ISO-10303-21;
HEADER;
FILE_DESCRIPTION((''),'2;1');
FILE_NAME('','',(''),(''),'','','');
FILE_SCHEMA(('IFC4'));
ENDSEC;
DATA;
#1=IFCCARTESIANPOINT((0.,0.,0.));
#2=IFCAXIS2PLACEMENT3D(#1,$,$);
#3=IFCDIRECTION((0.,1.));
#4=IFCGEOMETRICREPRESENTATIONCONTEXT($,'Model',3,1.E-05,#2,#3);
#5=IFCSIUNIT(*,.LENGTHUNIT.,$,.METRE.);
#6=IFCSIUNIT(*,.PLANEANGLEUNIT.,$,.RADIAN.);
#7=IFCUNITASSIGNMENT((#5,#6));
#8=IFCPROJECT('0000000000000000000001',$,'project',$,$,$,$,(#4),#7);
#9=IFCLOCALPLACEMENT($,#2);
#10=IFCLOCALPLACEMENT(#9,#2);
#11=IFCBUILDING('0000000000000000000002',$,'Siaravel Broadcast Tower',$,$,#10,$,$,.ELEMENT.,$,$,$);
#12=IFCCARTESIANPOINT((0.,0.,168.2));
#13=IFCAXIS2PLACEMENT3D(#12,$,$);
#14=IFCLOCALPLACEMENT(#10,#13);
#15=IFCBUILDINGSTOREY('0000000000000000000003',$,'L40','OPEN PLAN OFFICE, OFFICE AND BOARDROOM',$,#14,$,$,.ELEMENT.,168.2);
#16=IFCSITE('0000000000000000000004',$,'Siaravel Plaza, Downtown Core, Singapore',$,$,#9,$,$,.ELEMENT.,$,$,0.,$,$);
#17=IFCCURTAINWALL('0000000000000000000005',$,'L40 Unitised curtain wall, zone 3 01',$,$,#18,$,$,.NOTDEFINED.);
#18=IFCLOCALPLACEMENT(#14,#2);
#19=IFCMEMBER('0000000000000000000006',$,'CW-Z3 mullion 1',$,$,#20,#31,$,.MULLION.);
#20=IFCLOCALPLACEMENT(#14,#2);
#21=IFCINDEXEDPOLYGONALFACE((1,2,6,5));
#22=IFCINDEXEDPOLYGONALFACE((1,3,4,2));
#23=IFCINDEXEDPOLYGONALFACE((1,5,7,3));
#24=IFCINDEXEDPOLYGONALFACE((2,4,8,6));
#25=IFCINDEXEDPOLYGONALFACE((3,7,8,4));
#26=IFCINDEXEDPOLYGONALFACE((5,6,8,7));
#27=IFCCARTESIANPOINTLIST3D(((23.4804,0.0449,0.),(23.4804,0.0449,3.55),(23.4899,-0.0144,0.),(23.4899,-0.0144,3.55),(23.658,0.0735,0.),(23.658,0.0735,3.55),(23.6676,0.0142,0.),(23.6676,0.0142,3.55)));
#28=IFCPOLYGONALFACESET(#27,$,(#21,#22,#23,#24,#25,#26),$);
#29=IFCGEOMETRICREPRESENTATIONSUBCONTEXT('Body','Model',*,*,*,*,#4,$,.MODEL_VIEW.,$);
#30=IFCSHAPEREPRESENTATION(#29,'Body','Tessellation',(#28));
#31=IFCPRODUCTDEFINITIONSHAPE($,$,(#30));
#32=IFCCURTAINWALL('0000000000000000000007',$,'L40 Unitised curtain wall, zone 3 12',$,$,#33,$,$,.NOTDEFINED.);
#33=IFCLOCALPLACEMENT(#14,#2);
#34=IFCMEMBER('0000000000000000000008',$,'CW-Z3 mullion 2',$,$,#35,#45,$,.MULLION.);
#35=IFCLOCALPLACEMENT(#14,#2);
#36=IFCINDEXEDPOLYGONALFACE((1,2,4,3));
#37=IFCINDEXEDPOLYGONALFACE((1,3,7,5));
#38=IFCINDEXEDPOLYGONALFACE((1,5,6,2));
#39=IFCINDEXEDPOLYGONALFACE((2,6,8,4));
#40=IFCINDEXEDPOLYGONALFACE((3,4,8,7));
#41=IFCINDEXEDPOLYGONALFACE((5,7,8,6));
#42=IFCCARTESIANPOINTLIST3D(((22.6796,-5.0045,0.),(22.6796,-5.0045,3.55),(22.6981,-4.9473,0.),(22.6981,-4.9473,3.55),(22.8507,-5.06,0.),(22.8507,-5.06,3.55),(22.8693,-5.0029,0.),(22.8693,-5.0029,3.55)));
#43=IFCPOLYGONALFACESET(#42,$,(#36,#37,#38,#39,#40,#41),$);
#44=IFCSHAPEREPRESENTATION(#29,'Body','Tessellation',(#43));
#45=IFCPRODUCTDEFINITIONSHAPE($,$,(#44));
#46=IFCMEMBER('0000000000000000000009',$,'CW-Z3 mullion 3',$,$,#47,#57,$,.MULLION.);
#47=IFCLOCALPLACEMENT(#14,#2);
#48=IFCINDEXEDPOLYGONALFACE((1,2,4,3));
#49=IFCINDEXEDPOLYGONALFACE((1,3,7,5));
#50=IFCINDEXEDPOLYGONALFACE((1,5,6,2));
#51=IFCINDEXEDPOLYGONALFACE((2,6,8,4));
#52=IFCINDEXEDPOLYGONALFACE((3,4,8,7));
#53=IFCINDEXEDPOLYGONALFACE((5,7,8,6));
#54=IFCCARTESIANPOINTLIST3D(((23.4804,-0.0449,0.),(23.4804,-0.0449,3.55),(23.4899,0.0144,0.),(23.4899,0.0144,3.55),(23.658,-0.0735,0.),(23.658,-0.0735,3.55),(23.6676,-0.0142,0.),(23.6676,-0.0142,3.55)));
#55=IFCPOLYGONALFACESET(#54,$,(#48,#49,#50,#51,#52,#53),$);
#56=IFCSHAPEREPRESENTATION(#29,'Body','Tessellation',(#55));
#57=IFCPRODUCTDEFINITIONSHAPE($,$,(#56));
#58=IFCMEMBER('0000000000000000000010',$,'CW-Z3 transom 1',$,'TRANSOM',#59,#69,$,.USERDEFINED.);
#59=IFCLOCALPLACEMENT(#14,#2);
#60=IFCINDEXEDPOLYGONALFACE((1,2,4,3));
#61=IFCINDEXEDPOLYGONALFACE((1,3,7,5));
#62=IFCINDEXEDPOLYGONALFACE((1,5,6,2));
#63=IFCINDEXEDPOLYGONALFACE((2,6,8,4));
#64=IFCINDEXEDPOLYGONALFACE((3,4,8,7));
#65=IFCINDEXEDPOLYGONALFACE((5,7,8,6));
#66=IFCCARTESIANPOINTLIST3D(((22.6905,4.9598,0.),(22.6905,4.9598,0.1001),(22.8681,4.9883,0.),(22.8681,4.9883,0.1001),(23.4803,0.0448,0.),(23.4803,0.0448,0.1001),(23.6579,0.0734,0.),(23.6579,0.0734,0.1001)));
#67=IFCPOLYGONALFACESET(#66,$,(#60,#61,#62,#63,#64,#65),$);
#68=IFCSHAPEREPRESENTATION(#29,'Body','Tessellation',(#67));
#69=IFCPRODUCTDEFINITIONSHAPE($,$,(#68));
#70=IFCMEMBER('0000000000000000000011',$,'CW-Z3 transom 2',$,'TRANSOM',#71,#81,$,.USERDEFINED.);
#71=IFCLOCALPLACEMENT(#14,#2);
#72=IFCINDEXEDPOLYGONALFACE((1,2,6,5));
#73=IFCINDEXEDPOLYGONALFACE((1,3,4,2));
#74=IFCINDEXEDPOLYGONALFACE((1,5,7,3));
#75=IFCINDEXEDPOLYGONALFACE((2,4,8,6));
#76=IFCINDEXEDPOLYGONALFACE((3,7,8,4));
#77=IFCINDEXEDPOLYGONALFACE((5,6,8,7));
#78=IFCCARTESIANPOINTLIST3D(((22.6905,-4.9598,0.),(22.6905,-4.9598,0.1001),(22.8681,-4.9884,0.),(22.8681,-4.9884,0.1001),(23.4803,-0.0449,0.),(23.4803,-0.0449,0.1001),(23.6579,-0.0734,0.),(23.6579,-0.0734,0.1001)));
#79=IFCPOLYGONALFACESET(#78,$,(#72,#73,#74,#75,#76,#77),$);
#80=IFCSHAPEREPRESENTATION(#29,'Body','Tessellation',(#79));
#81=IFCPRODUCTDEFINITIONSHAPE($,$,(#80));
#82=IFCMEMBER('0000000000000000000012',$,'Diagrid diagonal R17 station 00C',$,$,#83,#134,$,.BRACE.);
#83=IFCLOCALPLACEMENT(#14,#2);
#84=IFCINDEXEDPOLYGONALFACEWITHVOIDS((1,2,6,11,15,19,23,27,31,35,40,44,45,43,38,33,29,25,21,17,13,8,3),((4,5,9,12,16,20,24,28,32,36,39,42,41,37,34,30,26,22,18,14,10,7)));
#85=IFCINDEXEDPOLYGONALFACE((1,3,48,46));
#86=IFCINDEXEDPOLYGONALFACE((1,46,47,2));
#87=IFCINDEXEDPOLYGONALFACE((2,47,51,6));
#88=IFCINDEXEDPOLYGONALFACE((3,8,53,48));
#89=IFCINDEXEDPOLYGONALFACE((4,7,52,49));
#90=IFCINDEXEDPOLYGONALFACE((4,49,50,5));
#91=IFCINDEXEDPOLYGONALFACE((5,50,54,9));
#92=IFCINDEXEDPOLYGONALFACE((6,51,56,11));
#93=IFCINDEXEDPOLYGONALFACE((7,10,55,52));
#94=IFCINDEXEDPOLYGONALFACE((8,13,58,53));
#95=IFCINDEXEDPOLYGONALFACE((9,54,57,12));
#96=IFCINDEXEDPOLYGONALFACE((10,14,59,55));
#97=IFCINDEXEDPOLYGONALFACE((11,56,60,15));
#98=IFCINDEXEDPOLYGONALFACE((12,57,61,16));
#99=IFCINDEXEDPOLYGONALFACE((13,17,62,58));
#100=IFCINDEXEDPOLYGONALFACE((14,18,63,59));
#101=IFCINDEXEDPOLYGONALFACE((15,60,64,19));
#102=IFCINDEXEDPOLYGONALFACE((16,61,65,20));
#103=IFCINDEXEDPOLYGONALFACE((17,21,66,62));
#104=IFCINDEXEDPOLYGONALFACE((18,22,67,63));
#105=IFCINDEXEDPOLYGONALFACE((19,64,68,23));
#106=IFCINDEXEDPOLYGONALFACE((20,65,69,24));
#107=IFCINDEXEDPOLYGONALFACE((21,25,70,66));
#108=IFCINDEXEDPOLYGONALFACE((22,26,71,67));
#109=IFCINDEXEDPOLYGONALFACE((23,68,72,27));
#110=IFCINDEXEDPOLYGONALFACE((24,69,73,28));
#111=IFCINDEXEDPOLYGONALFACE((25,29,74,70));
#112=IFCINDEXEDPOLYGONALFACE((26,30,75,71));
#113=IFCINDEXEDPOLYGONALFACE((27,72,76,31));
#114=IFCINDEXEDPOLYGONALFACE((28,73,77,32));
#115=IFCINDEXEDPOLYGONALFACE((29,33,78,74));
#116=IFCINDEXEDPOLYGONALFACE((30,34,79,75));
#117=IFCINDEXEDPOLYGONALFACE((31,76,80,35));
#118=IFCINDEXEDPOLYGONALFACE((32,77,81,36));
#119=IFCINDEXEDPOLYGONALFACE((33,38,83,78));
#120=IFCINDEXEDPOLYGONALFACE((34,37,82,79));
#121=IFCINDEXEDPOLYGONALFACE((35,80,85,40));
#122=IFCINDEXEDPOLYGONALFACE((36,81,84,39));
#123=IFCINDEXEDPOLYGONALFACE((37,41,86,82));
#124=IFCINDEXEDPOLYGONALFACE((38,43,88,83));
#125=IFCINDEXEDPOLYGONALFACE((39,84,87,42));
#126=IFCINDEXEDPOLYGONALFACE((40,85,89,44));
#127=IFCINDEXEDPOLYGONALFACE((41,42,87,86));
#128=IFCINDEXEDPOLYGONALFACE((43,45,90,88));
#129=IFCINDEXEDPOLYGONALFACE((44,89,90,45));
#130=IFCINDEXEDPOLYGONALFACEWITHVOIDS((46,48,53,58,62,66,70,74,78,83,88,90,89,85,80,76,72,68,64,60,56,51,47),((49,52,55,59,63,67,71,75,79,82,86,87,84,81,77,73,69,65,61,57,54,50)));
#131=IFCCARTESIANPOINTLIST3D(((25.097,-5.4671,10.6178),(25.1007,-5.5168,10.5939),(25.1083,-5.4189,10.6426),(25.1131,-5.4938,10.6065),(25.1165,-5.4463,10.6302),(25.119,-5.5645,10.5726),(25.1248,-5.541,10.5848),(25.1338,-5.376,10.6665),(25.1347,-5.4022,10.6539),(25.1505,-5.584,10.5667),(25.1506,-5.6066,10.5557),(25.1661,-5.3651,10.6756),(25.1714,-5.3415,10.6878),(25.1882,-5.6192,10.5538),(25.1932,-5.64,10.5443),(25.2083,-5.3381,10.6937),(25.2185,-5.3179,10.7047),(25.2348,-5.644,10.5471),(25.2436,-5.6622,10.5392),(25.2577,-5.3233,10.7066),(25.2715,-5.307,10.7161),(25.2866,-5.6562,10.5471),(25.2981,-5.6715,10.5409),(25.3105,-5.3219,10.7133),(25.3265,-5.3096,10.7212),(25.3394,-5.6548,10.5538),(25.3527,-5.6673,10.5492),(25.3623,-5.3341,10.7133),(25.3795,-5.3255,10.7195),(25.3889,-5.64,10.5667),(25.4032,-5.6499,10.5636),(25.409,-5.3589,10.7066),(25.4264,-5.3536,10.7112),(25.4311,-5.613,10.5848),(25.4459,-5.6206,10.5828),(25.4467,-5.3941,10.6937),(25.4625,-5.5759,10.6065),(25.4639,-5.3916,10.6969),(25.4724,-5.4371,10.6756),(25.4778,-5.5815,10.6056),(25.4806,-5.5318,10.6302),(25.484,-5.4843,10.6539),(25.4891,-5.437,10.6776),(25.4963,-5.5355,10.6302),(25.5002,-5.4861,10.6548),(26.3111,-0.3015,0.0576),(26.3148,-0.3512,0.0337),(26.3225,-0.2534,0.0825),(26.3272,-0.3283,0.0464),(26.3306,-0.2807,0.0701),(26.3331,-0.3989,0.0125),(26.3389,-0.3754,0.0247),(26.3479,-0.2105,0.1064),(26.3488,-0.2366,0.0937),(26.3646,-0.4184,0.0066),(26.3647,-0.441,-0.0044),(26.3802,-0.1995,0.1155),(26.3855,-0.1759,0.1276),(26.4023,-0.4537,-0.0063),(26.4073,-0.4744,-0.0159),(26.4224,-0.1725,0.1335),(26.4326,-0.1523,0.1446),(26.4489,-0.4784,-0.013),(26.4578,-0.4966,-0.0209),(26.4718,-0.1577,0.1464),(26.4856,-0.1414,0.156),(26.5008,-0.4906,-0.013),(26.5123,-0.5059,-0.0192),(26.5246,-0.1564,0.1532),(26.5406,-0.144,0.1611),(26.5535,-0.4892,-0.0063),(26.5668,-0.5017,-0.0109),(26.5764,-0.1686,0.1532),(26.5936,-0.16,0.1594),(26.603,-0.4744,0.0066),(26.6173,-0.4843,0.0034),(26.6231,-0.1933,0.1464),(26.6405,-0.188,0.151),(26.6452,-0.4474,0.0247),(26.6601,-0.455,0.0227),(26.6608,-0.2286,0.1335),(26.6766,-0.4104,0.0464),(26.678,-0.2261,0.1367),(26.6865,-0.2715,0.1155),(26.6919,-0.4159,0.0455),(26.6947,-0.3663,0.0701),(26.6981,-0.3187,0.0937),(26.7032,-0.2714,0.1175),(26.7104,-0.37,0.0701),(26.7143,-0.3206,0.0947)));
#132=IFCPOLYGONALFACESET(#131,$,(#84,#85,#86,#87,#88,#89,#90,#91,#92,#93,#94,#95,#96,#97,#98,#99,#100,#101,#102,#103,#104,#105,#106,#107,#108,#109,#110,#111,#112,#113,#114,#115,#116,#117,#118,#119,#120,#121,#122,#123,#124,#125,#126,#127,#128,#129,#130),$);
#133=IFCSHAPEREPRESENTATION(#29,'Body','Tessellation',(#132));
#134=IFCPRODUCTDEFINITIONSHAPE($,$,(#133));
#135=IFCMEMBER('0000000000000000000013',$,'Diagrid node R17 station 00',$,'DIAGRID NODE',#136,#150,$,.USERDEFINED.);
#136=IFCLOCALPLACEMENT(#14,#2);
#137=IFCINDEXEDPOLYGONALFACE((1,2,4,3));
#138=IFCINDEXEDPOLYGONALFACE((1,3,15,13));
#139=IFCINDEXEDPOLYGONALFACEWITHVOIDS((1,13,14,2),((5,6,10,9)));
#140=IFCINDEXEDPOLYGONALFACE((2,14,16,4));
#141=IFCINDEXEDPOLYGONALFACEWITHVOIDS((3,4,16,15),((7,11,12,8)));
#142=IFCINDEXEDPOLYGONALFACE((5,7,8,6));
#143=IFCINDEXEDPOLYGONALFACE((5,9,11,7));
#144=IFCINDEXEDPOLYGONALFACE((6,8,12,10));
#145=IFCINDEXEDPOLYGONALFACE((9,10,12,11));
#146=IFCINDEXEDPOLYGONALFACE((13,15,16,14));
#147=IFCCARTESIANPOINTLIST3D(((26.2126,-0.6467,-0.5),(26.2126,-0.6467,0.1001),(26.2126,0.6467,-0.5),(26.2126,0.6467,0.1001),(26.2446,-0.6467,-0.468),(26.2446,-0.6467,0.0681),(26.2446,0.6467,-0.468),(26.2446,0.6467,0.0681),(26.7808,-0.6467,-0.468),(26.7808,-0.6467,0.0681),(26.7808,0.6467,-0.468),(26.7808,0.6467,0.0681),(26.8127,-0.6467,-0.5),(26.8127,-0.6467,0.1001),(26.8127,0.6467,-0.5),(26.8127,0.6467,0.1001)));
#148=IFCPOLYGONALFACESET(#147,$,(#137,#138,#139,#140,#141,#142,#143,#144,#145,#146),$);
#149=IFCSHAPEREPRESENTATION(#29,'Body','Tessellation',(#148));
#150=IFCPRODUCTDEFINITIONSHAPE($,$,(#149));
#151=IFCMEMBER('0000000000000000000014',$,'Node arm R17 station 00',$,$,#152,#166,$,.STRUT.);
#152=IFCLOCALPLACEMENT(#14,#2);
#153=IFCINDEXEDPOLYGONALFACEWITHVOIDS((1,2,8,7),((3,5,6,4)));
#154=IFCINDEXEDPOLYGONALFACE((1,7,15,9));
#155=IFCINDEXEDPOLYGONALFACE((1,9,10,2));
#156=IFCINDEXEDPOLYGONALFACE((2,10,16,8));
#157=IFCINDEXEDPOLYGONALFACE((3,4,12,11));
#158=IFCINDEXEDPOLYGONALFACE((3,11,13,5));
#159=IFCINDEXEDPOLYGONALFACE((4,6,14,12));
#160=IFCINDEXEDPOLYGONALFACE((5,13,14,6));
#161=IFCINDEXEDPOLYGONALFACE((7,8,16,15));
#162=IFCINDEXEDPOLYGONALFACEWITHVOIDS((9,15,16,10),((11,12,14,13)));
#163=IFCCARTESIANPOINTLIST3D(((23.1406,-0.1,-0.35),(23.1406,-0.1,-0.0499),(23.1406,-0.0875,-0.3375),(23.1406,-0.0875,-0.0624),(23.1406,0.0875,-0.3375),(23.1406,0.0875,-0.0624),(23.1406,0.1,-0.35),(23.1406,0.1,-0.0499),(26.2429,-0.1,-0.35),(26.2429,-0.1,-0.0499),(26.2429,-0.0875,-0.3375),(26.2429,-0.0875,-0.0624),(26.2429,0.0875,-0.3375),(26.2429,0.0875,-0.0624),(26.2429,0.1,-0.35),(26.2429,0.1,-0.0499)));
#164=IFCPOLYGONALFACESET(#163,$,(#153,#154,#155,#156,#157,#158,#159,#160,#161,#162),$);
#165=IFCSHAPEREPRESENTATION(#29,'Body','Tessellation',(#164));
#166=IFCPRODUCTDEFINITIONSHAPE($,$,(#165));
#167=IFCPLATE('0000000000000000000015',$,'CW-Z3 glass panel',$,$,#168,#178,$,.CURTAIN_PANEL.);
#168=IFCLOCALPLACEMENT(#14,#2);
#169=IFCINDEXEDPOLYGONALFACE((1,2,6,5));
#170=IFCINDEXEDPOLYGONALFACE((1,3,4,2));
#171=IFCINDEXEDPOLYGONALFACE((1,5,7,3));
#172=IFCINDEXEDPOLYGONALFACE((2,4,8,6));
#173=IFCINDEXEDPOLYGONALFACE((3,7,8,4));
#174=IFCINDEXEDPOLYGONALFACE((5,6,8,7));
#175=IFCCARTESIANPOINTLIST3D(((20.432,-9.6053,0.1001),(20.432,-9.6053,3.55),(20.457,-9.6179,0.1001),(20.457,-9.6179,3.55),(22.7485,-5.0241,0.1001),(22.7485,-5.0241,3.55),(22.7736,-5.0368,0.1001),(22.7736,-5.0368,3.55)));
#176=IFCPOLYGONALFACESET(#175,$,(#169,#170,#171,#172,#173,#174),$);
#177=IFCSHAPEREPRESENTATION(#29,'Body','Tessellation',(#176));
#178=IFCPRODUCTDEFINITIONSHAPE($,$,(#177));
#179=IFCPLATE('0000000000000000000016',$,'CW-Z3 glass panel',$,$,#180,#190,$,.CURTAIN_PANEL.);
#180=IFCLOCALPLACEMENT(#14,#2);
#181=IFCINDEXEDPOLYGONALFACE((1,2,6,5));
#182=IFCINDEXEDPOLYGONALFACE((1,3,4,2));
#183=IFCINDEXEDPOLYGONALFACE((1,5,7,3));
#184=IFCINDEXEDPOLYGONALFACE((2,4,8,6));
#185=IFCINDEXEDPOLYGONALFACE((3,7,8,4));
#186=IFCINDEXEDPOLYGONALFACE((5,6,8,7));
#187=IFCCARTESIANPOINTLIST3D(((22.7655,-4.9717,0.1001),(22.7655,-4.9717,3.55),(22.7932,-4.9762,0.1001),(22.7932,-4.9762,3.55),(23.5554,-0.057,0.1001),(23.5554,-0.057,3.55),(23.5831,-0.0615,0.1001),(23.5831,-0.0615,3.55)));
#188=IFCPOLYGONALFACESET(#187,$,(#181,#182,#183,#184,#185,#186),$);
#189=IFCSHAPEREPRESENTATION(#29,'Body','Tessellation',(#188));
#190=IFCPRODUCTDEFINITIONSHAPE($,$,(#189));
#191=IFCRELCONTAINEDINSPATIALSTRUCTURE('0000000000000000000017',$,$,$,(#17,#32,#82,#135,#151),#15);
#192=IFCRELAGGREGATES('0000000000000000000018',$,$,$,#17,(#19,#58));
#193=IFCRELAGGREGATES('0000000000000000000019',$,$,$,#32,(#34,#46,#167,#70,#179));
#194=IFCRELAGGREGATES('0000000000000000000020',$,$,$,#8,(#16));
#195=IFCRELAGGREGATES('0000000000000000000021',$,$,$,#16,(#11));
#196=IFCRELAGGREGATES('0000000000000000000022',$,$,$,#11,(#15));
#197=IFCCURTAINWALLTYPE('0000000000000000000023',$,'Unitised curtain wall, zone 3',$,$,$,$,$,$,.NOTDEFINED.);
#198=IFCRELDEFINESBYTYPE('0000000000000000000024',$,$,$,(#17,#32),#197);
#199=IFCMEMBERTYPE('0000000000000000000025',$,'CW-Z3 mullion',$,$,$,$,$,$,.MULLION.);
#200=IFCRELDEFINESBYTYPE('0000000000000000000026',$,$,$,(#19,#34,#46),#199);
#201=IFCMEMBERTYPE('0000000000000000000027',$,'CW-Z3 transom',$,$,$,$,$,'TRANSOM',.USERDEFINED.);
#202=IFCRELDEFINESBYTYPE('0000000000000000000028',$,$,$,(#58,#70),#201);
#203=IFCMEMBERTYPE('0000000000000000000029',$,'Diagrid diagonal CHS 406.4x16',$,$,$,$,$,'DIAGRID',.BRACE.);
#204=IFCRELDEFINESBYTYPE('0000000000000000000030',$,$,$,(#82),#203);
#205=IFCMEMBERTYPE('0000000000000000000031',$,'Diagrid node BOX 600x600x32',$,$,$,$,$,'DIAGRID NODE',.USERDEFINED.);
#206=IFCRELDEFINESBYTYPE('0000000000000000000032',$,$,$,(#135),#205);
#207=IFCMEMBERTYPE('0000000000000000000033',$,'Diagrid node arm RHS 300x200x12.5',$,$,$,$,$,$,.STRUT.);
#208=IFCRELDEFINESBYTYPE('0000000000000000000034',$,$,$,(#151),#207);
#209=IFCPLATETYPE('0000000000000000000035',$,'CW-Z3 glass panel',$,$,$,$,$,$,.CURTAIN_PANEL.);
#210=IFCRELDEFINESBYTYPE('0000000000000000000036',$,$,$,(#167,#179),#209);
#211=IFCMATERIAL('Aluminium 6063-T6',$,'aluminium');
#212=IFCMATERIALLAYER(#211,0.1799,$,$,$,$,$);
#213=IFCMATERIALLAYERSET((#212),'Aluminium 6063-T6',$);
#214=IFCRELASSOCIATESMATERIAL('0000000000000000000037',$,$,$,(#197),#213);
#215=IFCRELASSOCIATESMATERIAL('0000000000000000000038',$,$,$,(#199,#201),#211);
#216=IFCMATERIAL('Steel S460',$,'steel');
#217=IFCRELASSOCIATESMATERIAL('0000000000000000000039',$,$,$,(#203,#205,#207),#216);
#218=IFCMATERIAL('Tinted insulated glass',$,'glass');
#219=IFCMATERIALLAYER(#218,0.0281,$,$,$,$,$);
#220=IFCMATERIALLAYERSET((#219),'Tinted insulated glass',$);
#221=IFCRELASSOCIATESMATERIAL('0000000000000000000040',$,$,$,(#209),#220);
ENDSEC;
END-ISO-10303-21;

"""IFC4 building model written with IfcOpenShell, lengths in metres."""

from ifc_helpers import new_model, si_unit, direction, frame, origin, origin_2d, place, context, subcontext, project, spatial, rectangle, hollow_rectangle, hollow_circle, extrude, material, layer, layer_set, material_profile, profile_set, type_object, element, aggregate, save


model = new_model("IFC4")

# Units and contexts
model_context = context("Model", 3, precision=1e-05, world=origin(), true_north=direction((0.0, 1.0)))
body_context = subcontext(model_context, "Body", "Model", "MODEL_VIEW")
ifc_project = project(units=[si_unit("LENGTHUNIT", "METRE"), si_unit("PLANEANGLEUNIT", "RADIAN")], contexts=[model_context])

# Site, building, storey
site_placement = place(None, origin())
site = spatial("IfcSite", under=ifc_project, at=site_placement, Name="Siaravel Plaza, Downtown Core, Singapore", CompositionType="ELEMENT", RefElevation=0.0)
building_placement = place(site_placement, origin())
building = spatial("IfcBuilding", under=site, at=building_placement, Name="Siaravel Broadcast Tower", CompositionType="ELEMENT")
storey_placement = place(building_placement, frame((0.0, 0.0, 168.2)))
storey = spatial("IfcBuildingStorey", under=building, at=storey_placement, Name="L40", Description="OPEN PLAN OFFICE, OFFICE AND BOARDROOM", CompositionType="ELEMENT", Elevation=168.2)

# Curtain wall, member
ifc_material_1 = material(Name="Aluminium 6063-T6", Category="aluminium")
ifc_layer_1 = layer(ifc_material_1, 0.1799)
ifc_layer_set_1 = layer_set([ifc_layer_1], Name="Aluminium 6063-T6")
curtain_wall_type = type_object("IfcCurtainWallType", Name="Unitised curtain wall, zone 3", PredefinedType="NOTDEFINED", material=ifc_layer_set_1)
curtain_wall_1_placement = place(storey_placement, origin())
curtain_wall_1 = element("IfcCurtainWall", 1, at=curtain_wall_1_placement, inside=storey, type_object=curtain_wall_type, Name="L40 Unitised curtain wall, zone 3 01", PredefinedType="NOTDEFINED")
ifc_material_profile_1 = material_profile(ifc_material_1, rectangle(XDim=0.1799, YDim=0.0601, at=origin_2d()))
ifc_profile_set_1 = profile_set([ifc_material_profile_1], Name="Aluminium 6063-T6")
member_type_1 = type_object("IfcMemberType", Name="CW-Z3 mullion", PredefinedType="MULLION", material=ifc_profile_set_1)
member_1_placement = place(storey_placement, frame((23.574, 0.0295, 0.0), z_axis=(0.0, 0.0, 1.0), x_axis=(-0.987329, -0.158686, 0.0)))
member_1 = element("IfcMember", 2, at=member_1_placement, type_object=member_type_1, Name="CW-Z3 mullion 1", PredefinedType="MULLION", context=body_context, shape_type="SweptSolid", body=[
    extrude(rectangle(XDim=0.1799, YDim=0.0601, at=origin_2d()), origin(), (0.0, 0.0, 1.0), 3.55),
])

# Curtain wall, members
curtain_wall_2_placement = place(storey_placement, origin())
curtain_wall_2 = element("IfcCurtainWall", 3, at=curtain_wall_2_placement, inside=storey, type_object=curtain_wall_type, Name="L40 Unitised curtain wall, zone 3 12", PredefinedType="NOTDEFINED")
member_2_placement = place(storey_placement, frame((22.7744, -5.0037, 0.0), z_axis=(0.0, 0.0, 1.0), x_axis=(-0.951177, 0.308646, 0.0)))
member_2 = element("IfcMember", 4, at=member_2_placement, type_object=member_type_1, Name="CW-Z3 mullion 2", PredefinedType="MULLION", context=body_context, shape_type="SweptSolid", body=[
    extrude(rectangle(XDim=0.1799, YDim=0.0601, at=origin_2d()), origin(), (0.0, 0.0, 1.0), 3.55),
])
member_3_placement = place(storey_placement, frame((23.574, -0.0295, 0.0), z_axis=(0.0, 0.0, 1.0), x_axis=(-0.987329, 0.158686, 0.0)))
member_3 = element("IfcMember", 5, at=member_3_placement, type_object=member_type_1, Name="CW-Z3 mullion 3", PredefinedType="MULLION", context=body_context, shape_type="SweptSolid", body=[
    extrude(rectangle(XDim=0.1799, YDim=0.0601, at=origin_2d()), origin(), (0.0, 0.0, 1.0), 3.55),
])

# Members
ifc_material_profile_2 = material_profile(ifc_material_1, rectangle(XDim=0.1799, YDim=0.1001, at=origin_2d()))
ifc_profile_set_2 = profile_set([ifc_material_profile_2], Name="Aluminium 6063-T6")
member_type_2 = type_object("IfcMemberType", Name="CW-Z3 transom", ElementType="TRANSOM", PredefinedType="USERDEFINED", material=ifc_profile_set_2)
member_4_placement = place(storey_placement, frame((23.5691, 0.0591, 0.05), z_axis=(-0.158654, 0.987334, 0.0), x_axis=(-0.987334, -0.158654, 0.0)))
member_4 = element("IfcMember", 6, at=member_4_placement, type_object=member_type_2, Name="CW-Z3 transom 1", ObjectType="TRANSOM", PredefinedType="USERDEFINED", context=body_context, shape_type="SweptSolid", body=[
    extrude(rectangle(XDim=0.1799, YDim=0.1001, at=origin_2d()), origin(), (0.0, 0.0, 1.0), 4.978),
])
aggregate(curtain_wall_1, [member_1, member_4])
member_5_placement = place(storey_placement, frame((22.7793, -4.9741, 0.05), z_axis=(0.158654, 0.987334, 0.0), x_axis=(-0.987334, 0.158654, 0.0)))
member_5 = element("IfcMember", 7, at=member_5_placement, type_object=member_type_2, Name="CW-Z3 transom 2", ObjectType="TRANSOM", PredefinedType="USERDEFINED", context=body_context, shape_type="SweptSolid", body=[
    extrude(rectangle(XDim=0.1799, YDim=0.1001, at=origin_2d()), origin(), (0.0, 0.0, 1.0), 4.978),
])

# Members
ifc_material_2 = material(Name="Steel S460", Category="steel")
ifc_material_profile_3 = material_profile(ifc_material_2, hollow_circle(Radius=0.2031, WallThickness=0.0161, at=origin_2d()))
ifc_profile_set_3 = profile_set([ifc_material_profile_3], Name="Steel S460")
member_type_3 = type_object("IfcMemberType", Name="Diagrid diagonal CHS 406.4x16", ElementType="DIAGRID", PredefinedType="BRACE", material=ifc_profile_set_3)
member_6_placement = place(storey_placement, frame((26.5127, -0.3235, 0.0701), z_axis=(-0.102732, -0.43708, 0.893537), x_axis=(0.973472, -0.228806, 0.0)))
element("IfcMember", 8, at=member_6_placement, inside=storey, type_object=member_type_3, Name="Diagrid diagonal R17 station 00C", PredefinedType="BRACE", context=body_context, shape_type="SweptSolid", body=[
    extrude(hollow_circle(Radius=0.2031, WallThickness=0.0161, at=origin_2d()), origin(), (0.0, 0.0, 1.0), 11.8184),
])
ifc_material_profile_4 = material_profile(ifc_material_2, hollow_rectangle(XDim=0.6001, YDim=0.6001, WallThickness=0.032, at=origin_2d()))
ifc_profile_set_4 = profile_set([ifc_material_profile_4], Name="Steel S460")
member_type_4 = type_object("IfcMemberType", Name="Diagrid node BOX 600x600x32", ElementType="DIAGRID NODE", PredefinedType="USERDEFINED", material=ifc_profile_set_4)
member_7_placement = place(storey_placement, frame((26.5127, -0.6467, -0.2), z_axis=(0.0, 1.0, 0.0), x_axis=(-1.0, 0.0, 0.0)))
element("IfcMember", 9, at=member_7_placement, inside=storey, type_object=member_type_4, Name="Diagrid node R17 station 00", ObjectType="DIAGRID NODE", PredefinedType="USERDEFINED", context=body_context, shape_type="SweptSolid", body=[
    extrude(hollow_rectangle(XDim=0.6001, YDim=0.6001, WallThickness=0.032, at=origin_2d()), origin(), (0.0, 0.0, 1.0), 1.2935),
])
ifc_material_profile_5 = material_profile(ifc_material_2, hollow_rectangle(XDim=0.2, YDim=0.3, WallThickness=0.0125, at=origin_2d()))
ifc_profile_set_5 = profile_set([ifc_material_profile_5], Name="Steel S460")
member_type_5 = type_object("IfcMemberType", Name="Diagrid node arm RHS 300x200x12.5", PredefinedType="STRUT", material=ifc_profile_set_5)
member_8_placement = place(storey_placement, frame((23.1406, 0.0, -0.2), z_axis=(1.0, 0.0, 0.0), x_axis=(0.0, 1.0, 0.0)))
element("IfcMember", 10, at=member_8_placement, inside=storey, type_object=member_type_5, Name="Node arm R17 station 00", PredefinedType="STRUT", context=body_context, shape_type="SweptSolid", body=[
    extrude(hollow_rectangle(XDim=0.2, YDim=0.3, WallThickness=0.0125, at=origin_2d()), origin(), (0.0, 0.0, 1.0), 3.1023),
])

# Plates
ifc_material_3 = material(Name="Tinted insulated glass", Category="glass")
ifc_layer_2 = layer(ifc_material_3, 0.0281)
ifc_layer_set_2 = layer_set([ifc_layer_2], Name="Tinted insulated glass")
plate_type = type_object("IfcPlateType", Name="CW-Z3 glass panel", PredefinedType="CURTAIN_PANEL", material=ifc_layer_set_2)
plate_1_placement = place(storey_placement, frame((21.6028, -7.321, 0.1001), z_axis=(0.0, 0.0, 1.0), x_axis=(0.451261, 0.892392, 0.0)))
plate_1 = element("IfcPlate", 11, at=plate_1_placement, type_object=plate_type, Name="CW-Z3 glass panel", PredefinedType="CURTAIN_PANEL", context=body_context, shape_type="SweptSolid", body=[
    extrude(rectangle(XDim=5.1335, YDim=0.0281, at=origin_2d()), origin(), (0.0, 0.0, 1.0), 3.45),
])
plate_2_placement = place(storey_placement, frame((23.1743, -2.5166, 0.1001), z_axis=(0.0, 0.0, 1.0), x_axis=(0.158686, 0.987329, 0.0)))
plate_2 = element("IfcPlate", 12, at=plate_2_placement, type_object=plate_type, Name="CW-Z3 glass panel", PredefinedType="CURTAIN_PANEL", context=body_context, shape_type="SweptSolid", body=[
    extrude(rectangle(XDim=4.9778, YDim=0.0281, at=origin_2d()), origin(), (0.0, 0.0, 1.0), 3.45),
])
aggregate(curtain_wall_2, [member_2, member_3, plate_1, member_5, plate_2])

save(model, "model.ifc")
